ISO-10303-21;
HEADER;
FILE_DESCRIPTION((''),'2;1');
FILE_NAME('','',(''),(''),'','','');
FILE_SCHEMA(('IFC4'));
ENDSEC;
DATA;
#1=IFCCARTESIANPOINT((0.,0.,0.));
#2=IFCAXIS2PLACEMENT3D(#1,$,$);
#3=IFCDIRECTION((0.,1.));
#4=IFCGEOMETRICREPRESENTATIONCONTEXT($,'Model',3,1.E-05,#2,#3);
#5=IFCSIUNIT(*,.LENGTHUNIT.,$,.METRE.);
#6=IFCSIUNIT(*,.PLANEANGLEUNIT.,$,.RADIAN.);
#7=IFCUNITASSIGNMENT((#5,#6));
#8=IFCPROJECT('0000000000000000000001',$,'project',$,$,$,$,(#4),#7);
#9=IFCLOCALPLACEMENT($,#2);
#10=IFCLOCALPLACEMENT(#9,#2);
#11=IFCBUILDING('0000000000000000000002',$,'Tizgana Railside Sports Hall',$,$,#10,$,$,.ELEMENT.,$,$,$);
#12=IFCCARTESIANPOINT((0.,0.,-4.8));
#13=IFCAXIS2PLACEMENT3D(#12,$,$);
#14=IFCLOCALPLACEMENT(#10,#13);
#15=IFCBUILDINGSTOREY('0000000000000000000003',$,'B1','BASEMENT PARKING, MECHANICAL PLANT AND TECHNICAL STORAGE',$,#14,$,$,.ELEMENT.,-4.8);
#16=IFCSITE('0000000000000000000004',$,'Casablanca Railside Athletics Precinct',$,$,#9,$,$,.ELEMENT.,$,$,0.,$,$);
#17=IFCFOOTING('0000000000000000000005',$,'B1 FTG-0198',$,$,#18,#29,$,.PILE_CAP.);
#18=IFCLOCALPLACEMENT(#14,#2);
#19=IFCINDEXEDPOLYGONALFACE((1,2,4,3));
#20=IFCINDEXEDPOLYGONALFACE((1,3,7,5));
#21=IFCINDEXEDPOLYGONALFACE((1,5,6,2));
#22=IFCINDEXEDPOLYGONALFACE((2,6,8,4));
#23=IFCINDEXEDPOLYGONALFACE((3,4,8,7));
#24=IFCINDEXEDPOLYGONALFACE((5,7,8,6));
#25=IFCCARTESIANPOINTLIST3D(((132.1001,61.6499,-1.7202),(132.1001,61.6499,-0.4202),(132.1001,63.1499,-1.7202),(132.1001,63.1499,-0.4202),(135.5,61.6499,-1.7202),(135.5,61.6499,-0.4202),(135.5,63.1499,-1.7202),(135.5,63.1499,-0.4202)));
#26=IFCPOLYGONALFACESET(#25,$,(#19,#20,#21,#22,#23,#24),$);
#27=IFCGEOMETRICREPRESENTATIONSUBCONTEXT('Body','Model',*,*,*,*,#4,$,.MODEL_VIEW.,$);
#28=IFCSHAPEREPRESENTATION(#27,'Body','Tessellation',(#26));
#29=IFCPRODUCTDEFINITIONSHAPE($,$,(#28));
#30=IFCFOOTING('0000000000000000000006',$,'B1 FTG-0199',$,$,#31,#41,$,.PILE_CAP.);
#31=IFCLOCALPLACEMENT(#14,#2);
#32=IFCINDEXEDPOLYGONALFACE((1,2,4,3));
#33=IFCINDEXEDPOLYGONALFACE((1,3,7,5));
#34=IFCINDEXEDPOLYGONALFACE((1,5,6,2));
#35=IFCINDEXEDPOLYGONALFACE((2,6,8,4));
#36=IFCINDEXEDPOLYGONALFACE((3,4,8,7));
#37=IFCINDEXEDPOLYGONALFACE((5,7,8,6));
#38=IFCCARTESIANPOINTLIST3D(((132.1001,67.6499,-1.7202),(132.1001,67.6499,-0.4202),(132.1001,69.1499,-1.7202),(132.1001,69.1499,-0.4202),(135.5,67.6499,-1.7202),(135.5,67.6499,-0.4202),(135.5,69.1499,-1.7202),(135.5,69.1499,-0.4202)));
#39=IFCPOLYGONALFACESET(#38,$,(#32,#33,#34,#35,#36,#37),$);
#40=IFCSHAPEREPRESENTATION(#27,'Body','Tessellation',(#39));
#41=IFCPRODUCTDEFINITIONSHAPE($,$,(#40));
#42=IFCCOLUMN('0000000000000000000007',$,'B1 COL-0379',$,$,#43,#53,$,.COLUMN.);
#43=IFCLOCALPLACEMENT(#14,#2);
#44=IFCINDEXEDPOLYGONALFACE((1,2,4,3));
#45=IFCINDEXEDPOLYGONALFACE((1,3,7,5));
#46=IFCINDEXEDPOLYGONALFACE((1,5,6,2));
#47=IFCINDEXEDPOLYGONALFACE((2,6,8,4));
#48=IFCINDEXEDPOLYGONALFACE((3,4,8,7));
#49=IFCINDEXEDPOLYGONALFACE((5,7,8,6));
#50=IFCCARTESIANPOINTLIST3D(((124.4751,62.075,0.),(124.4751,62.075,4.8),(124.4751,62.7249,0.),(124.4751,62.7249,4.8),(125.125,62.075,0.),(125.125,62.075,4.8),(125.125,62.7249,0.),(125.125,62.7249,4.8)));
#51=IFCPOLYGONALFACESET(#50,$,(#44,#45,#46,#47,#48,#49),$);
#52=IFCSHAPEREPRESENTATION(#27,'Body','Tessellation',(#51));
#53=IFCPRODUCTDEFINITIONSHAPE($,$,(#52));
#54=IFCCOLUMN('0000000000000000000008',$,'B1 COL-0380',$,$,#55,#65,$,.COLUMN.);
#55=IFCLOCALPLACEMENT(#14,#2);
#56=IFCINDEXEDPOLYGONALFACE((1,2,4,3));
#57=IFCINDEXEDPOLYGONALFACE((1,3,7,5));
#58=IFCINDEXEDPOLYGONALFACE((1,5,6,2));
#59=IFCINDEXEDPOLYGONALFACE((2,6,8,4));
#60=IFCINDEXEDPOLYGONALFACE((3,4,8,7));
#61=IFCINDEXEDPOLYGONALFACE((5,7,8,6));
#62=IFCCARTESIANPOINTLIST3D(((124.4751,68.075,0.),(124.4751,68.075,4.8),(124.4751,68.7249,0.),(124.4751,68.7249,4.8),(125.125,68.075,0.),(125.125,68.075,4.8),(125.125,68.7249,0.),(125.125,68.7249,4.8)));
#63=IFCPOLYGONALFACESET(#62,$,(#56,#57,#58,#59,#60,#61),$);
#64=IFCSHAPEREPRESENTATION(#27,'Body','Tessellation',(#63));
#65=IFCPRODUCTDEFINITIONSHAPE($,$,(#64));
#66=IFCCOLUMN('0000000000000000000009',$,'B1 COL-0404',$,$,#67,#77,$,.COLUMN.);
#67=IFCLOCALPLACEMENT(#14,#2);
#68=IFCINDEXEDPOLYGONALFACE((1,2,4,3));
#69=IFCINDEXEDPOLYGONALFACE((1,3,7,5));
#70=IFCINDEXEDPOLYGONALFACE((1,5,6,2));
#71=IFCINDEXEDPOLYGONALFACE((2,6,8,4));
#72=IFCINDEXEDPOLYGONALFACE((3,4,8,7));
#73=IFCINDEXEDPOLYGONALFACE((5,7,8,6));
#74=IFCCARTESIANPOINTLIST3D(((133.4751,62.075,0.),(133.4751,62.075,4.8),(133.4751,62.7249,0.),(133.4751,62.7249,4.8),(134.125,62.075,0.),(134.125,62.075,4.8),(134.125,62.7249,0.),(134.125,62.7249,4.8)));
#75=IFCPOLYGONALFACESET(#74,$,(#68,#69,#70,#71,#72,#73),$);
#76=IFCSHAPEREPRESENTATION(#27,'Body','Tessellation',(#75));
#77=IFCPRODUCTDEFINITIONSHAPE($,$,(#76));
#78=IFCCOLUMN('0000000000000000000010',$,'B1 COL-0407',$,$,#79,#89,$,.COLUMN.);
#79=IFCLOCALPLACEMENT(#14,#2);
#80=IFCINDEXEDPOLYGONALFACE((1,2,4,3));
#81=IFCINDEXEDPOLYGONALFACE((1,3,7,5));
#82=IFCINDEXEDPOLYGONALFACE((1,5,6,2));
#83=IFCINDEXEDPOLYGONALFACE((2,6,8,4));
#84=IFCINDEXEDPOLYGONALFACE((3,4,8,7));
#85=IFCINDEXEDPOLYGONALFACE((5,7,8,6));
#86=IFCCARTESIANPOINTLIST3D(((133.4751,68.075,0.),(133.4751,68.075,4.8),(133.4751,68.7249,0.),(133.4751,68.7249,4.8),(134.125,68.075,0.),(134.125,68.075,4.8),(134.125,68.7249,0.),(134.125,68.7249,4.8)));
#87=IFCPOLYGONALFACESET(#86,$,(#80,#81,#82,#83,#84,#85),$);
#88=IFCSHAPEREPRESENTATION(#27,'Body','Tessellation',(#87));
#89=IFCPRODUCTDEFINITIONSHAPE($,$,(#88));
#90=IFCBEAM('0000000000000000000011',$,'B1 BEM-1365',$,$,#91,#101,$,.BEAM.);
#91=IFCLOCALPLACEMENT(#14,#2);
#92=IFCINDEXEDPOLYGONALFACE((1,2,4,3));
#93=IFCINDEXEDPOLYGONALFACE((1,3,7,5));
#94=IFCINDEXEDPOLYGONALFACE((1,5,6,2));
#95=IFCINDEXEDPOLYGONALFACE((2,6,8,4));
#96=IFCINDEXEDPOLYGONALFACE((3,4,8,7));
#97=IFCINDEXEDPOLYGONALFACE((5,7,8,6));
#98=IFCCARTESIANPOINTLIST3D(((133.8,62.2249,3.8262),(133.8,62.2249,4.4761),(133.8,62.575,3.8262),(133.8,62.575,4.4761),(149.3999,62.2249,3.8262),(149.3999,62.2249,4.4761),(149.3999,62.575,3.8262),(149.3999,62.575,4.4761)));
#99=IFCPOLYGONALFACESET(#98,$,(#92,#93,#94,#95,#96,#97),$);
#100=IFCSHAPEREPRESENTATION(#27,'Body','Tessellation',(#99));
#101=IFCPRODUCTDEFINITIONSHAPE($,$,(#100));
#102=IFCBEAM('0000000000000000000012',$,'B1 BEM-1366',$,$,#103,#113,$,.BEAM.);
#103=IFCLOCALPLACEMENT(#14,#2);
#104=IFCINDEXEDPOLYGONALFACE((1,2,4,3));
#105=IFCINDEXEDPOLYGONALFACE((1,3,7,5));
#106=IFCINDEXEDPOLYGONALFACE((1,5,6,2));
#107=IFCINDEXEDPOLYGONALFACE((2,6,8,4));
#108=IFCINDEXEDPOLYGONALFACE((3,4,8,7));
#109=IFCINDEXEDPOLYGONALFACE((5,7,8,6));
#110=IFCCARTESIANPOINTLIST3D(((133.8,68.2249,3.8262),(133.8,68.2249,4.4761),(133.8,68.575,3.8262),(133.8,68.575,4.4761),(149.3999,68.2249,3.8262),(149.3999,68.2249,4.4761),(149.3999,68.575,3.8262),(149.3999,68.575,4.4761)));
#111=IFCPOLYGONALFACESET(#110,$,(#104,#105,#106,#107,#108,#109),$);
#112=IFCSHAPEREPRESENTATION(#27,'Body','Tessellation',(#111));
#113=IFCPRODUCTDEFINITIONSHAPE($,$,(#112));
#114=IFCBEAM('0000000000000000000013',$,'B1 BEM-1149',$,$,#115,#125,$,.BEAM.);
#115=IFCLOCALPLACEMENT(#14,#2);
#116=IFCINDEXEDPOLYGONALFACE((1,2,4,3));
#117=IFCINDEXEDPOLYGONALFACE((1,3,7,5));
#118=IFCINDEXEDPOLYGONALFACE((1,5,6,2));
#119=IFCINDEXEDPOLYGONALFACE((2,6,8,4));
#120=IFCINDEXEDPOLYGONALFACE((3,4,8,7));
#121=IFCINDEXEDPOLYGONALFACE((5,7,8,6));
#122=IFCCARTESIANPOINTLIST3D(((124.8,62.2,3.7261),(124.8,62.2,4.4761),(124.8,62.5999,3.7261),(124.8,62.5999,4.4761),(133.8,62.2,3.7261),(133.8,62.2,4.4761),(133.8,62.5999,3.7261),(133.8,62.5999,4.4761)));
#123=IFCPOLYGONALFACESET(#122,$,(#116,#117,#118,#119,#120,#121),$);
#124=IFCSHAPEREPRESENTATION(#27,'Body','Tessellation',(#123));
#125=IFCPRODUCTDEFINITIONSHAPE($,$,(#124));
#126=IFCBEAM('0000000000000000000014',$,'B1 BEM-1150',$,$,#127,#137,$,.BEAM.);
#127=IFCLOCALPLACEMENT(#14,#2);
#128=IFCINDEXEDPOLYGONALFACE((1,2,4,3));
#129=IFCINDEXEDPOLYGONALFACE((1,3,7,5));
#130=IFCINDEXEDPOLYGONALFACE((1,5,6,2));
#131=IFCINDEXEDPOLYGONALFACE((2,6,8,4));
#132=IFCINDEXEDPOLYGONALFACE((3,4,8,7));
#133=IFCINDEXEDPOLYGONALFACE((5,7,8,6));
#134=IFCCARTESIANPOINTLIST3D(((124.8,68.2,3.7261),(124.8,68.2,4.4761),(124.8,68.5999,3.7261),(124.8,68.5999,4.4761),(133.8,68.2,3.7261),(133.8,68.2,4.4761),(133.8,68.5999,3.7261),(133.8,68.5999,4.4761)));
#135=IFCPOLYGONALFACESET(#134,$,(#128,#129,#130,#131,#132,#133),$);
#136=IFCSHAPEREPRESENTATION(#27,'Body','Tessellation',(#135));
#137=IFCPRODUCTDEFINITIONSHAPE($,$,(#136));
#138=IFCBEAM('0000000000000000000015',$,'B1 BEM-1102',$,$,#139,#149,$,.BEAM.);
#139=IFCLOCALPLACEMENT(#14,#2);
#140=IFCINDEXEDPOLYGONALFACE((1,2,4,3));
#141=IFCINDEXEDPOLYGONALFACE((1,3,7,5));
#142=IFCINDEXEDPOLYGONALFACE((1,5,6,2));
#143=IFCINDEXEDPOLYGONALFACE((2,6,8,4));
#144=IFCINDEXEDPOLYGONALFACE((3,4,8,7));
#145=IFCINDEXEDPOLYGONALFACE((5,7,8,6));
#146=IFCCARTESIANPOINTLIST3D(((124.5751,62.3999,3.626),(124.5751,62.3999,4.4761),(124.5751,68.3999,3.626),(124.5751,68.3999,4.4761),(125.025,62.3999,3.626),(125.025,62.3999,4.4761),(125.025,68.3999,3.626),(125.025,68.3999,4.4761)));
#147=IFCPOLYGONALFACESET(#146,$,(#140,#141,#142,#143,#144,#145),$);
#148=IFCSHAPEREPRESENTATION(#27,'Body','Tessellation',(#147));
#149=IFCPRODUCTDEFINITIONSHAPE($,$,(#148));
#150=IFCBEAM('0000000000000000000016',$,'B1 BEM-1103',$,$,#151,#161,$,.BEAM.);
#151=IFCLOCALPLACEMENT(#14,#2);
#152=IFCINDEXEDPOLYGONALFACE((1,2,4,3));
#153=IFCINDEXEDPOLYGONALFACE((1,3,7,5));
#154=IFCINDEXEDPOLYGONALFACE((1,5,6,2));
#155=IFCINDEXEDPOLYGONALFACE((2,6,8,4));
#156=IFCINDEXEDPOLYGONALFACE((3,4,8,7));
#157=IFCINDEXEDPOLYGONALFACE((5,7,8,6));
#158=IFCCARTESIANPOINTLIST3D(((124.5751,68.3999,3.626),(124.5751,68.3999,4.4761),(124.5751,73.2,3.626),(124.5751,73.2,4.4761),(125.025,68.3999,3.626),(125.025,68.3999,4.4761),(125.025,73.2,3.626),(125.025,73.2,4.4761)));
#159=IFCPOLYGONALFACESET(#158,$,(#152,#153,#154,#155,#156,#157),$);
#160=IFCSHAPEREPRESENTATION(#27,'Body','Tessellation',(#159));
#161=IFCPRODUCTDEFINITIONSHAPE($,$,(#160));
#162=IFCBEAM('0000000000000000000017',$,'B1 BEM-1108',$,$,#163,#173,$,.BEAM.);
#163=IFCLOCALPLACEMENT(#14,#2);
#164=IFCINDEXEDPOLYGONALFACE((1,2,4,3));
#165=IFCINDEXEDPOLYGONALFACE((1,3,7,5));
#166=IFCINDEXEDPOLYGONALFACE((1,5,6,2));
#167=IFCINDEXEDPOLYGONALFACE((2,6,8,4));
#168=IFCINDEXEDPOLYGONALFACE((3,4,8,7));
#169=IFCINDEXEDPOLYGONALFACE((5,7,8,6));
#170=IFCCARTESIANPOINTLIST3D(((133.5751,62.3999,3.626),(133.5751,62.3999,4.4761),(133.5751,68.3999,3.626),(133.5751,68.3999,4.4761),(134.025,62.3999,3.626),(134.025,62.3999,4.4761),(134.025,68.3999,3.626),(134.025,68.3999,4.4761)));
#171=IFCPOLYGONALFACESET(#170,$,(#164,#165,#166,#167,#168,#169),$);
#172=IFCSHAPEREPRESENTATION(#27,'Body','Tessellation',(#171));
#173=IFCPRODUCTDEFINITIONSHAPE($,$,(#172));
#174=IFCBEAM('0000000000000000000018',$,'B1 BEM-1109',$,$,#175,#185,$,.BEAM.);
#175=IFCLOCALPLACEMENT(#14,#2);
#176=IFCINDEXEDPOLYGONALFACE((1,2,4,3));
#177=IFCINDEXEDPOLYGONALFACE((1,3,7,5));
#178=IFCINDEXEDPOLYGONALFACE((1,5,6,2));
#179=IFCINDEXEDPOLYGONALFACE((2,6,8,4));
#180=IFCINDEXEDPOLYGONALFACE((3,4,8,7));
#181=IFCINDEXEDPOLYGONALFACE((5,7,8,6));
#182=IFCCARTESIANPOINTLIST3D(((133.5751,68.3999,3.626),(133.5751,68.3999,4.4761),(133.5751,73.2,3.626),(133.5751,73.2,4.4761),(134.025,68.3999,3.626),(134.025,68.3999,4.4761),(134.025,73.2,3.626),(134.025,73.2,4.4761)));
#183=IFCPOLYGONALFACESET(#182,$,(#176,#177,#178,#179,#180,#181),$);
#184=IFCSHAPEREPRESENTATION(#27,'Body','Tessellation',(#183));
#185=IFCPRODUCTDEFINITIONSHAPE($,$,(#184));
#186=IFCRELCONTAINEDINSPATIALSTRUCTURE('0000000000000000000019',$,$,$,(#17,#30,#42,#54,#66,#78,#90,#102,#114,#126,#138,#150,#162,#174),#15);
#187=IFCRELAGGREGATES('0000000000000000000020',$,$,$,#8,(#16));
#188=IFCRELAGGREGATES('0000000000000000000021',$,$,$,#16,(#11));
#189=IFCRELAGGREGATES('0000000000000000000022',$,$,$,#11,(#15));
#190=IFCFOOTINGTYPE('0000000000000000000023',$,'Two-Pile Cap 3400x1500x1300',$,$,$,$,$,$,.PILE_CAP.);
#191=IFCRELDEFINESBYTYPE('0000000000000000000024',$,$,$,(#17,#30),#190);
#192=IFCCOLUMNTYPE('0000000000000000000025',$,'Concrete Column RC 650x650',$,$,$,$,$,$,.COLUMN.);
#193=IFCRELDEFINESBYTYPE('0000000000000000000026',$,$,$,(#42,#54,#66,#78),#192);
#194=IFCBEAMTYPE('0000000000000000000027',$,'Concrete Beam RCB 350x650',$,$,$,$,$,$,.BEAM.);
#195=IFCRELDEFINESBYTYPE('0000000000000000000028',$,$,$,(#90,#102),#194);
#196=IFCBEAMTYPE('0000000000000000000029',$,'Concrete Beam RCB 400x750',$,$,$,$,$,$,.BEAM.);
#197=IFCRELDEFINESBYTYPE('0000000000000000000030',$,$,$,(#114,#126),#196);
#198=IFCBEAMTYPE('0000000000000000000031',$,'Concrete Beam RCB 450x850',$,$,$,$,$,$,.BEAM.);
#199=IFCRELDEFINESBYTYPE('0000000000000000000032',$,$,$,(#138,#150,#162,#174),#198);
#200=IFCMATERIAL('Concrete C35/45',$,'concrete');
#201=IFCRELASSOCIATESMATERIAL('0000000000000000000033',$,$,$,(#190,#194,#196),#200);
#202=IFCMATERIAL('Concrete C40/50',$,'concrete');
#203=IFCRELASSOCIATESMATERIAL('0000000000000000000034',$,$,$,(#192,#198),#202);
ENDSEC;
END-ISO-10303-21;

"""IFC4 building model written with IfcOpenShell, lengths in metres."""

from ifc_helpers import new_model, si_unit, direction, frame, origin, origin_2d, place, context, subcontext, project, spatial, rectangle, extrude, material, material_profile, profile_set, type_object, element, save


model = new_model("IFC4")

# Units and contexts
model_context = context("Model", 3, precision=1e-05, world=origin(), true_north=direction((0.0, 1.0)))
body_context = subcontext(model_context, "Body", "Model", "MODEL_VIEW")
ifc_project = project(units=[si_unit("LENGTHUNIT", "METRE"), si_unit("PLANEANGLEUNIT", "RADIAN")], contexts=[model_context])

# Site, building, storey
site_placement = place(None, origin())
site = spatial("IfcSite", under=ifc_project, at=site_placement, Name="Casablanca Railside Athletics Precinct", CompositionType="ELEMENT", RefElevation=0.0)
building_placement = place(site_placement, origin())
building = spatial("IfcBuilding", under=site, at=building_placement, Name="Tizgana Railside Sports Hall", CompositionType="ELEMENT")
storey_placement = place(building_placement, frame((0.0, 0.0, -4.8)))
storey = spatial("IfcBuildingStorey", under=building, at=storey_placement, Name="B1", Description="BASEMENT PARKING, MECHANICAL PLANT AND TECHNICAL STORAGE", CompositionType="ELEMENT", Elevation=-4.8)

# Shared definitions
ifc_material_1 = material(Name="Concrete C35/45", Category="concrete")

# Footings
footing_type_1 = type_object("IfcFootingType", Name="Two-Pile Cap 3400x1500x1300", PredefinedType="PILE_CAP", material=ifc_material_1)
for number, where, z_axis, x_axis, name in (
    (1, (133.8, 62.3999, -1.7202), (0.0, 0.0, 1.0), (1.0, 0.0, 0.0), "B1 FTG-0198"),
    (2, (133.8, 68.3999, -1.7202), (0.0, 0.0, 1.0), (1.0, 0.0, 0.0), "B1 FTG-0199"),
):
    element("IfcFooting", number, at=place(storey_placement, frame(where, z_axis=z_axis, x_axis=x_axis)), inside=storey, type_object=footing_type_1, Name=name, PredefinedType="PILE_CAP", context=body_context, shape_type="SweptSolid", body=[
        extrude(rectangle(XDim=3.3999, YDim=1.5, at=origin_2d()), origin(), (0.0, 0.0, 1.0), 1.3),
    ])

# Columns
ifc_material_2 = material(Name="Concrete C40/50", Category="concrete")
ifc_material_profile_1 = material_profile(ifc_material_2, rectangle(XDim=0.6499, YDim=0.6499, at=origin_2d()), Name="RC 650x650")
ifc_profile_set_1 = profile_set([ifc_material_profile_1], Name="Concrete C40/50")
column_type = type_object("IfcColumnType", Name="Concrete Column RC 650x650", PredefinedType="COLUMN", material=ifc_profile_set_1)
for number, where, z_axis, x_axis, name in (
    (3, (124.8, 62.3999, 0.0), (0.0, 0.0, 1.0), (1.0, 0.0, 0.0), "B1 COL-0379"),
    (4, (124.8, 68.3999, 0.0), (0.0, 0.0, 1.0), (1.0, 0.0, 0.0), "B1 COL-0380"),
    (5, (133.8, 62.3999, 0.0), (0.0, 0.0, 1.0), (1.0, 0.0, 0.0), "B1 COL-0404"),
    (6, (133.8, 68.3999, 0.0), (0.0, 0.0, 1.0), (1.0, 0.0, 0.0), "B1 COL-0407"),
):
    element("IfcColumn", number, at=place(storey_placement, frame(where, z_axis=z_axis, x_axis=x_axis)), inside=storey, type_object=column_type, Name=name, PredefinedType="COLUMN", context=body_context, shape_type="SweptSolid", body=[
        extrude(rectangle(XDim=0.6499, YDim=0.6499, at=origin_2d()), origin(), (0.0, 0.0, 1.0), 4.8),
    ])

# Beams
ifc_material_profile_2 = material_profile(ifc_material_1, rectangle(XDim=0.3501, YDim=0.6499, at=origin_2d()), Name="RCB 350x650")
ifc_profile_set_2 = profile_set([ifc_material_profile_2], Name="Concrete C35/45")
beam_type_1 = type_object("IfcBeamType", Name="Concrete Beam RCB 350x650", PredefinedType="BEAM", material=ifc_profile_set_2)
for number, where, z_axis, x_axis, name in (
    (7, (133.8, 62.3999, 4.1511), (1.0, 0.0, 0.0), (0.0, 1.0, 0.0), "B1 BEM-1365"),
    (8, (133.8, 68.3999, 4.1511), (1.0, 0.0, 0.0), (0.0, 1.0, 0.0), "B1 BEM-1366"),
):
    element("IfcBeam", number, at=place(storey_placement, frame(where, z_axis=z_axis, x_axis=x_axis)), inside=storey, type_object=beam_type_1, Name=name, PredefinedType="BEAM", context=body_context, shape_type="SweptSolid", body=[
        extrude(rectangle(XDim=0.3501, YDim=0.6499, at=origin_2d()), origin(), (0.0, 0.0, 1.0), 15.5999),
    ])
ifc_material_profile_3 = material_profile(ifc_material_1, rectangle(XDim=0.3999, YDim=0.75, at=origin_2d()), Name="RCB 400x750")
ifc_profile_set_3 = profile_set([ifc_material_profile_3], Name="Concrete C35/45")
beam_type_2 = type_object("IfcBeamType", Name="Concrete Beam RCB 400x750", PredefinedType="BEAM", material=ifc_profile_set_3)
for number, where, z_axis, x_axis, name in (
    (9, (124.8, 62.3999, 4.1011), (1.0, 0.0, 0.0), (0.0, 1.0, 0.0), "B1 BEM-1149"),
    (10, (124.8, 68.3999, 4.1011), (1.0, 0.0, 0.0), (0.0, 1.0, 0.0), "B1 BEM-1150"),
):
    element("IfcBeam", number, at=place(storey_placement, frame(where, z_axis=z_axis, x_axis=x_axis)), inside=storey, type_object=beam_type_2, Name=name, PredefinedType="BEAM", context=body_context, shape_type="SweptSolid", body=[
        extrude(rectangle(XDim=0.3999, YDim=0.75, at=origin_2d()), origin(), (0.0, 0.0, 1.0), 9.0),
    ])
ifc_material_profile_4 = material_profile(ifc_material_2, rectangle(XDim=0.45, YDim=0.8501, at=origin_2d()), Name="RCB 450x850")
ifc_profile_set_4 = profile_set([ifc_material_profile_4], Name="Concrete C40/50")
beam_type_3 = type_object("IfcBeamType", Name="Concrete Beam RCB 450x850", PredefinedType="BEAM", material=ifc_profile_set_4)
beam_1_placement = place(storey_placement, frame((124.8, 62.3999, 4.051), z_axis=(0.0, 1.0, 0.0), x_axis=(-1.0, 0.0, 0.0)))
element("IfcBeam", 11, at=beam_1_placement, inside=storey, type_object=beam_type_3, Name="B1 BEM-1102", PredefinedType="BEAM", context=body_context, shape_type="SweptSolid", body=[
    extrude(rectangle(XDim=0.45, YDim=0.8501, at=origin_2d()), origin(), (0.0, 0.0, 1.0), 6.0),
])
beam_2_placement = place(storey_placement, frame((124.8, 68.3999, 4.051), z_axis=(0.0, 1.0, 0.0), x_axis=(-1.0, 0.0, 0.0)))
element("IfcBeam", 12, at=beam_2_placement, inside=storey, type_object=beam_type_3, Name="B1 BEM-1103", PredefinedType="BEAM", context=body_context, shape_type="SweptSolid", body=[
    extrude(rectangle(XDim=0.45, YDim=0.8501, at=origin_2d()), origin(), (0.0, 0.0, 1.0), 4.8),
])
beam_3_placement = place(storey_placement, frame((133.8, 62.3999, 4.051), z_axis=(0.0, 1.0, 0.0), x_axis=(-1.0, 0.0, 0.0)))
element("IfcBeam", 13, at=beam_3_placement, inside=storey, type_object=beam_type_3, Name="B1 BEM-1108", PredefinedType="BEAM", context=body_context, shape_type="SweptSolid", body=[
    extrude(rectangle(XDim=0.45, YDim=0.8501, at=origin_2d()), origin(), (0.0, 0.0, 1.0), 6.0),
])
beam_4_placement = place(storey_placement, frame((133.8, 68.3999, 4.051), z_axis=(0.0, 1.0, 0.0), x_axis=(-1.0, 0.0, 0.0)))
element("IfcBeam", 14, at=beam_4_placement, inside=storey, type_object=beam_type_3, Name="B1 BEM-1109", PredefinedType="BEAM", context=body_context, shape_type="SweptSolid", body=[
    extrude(rectangle(XDim=0.45, YDim=0.8501, at=origin_2d()), origin(), (0.0, 0.0, 1.0), 4.8),
])

save(model, "model.ifc")
